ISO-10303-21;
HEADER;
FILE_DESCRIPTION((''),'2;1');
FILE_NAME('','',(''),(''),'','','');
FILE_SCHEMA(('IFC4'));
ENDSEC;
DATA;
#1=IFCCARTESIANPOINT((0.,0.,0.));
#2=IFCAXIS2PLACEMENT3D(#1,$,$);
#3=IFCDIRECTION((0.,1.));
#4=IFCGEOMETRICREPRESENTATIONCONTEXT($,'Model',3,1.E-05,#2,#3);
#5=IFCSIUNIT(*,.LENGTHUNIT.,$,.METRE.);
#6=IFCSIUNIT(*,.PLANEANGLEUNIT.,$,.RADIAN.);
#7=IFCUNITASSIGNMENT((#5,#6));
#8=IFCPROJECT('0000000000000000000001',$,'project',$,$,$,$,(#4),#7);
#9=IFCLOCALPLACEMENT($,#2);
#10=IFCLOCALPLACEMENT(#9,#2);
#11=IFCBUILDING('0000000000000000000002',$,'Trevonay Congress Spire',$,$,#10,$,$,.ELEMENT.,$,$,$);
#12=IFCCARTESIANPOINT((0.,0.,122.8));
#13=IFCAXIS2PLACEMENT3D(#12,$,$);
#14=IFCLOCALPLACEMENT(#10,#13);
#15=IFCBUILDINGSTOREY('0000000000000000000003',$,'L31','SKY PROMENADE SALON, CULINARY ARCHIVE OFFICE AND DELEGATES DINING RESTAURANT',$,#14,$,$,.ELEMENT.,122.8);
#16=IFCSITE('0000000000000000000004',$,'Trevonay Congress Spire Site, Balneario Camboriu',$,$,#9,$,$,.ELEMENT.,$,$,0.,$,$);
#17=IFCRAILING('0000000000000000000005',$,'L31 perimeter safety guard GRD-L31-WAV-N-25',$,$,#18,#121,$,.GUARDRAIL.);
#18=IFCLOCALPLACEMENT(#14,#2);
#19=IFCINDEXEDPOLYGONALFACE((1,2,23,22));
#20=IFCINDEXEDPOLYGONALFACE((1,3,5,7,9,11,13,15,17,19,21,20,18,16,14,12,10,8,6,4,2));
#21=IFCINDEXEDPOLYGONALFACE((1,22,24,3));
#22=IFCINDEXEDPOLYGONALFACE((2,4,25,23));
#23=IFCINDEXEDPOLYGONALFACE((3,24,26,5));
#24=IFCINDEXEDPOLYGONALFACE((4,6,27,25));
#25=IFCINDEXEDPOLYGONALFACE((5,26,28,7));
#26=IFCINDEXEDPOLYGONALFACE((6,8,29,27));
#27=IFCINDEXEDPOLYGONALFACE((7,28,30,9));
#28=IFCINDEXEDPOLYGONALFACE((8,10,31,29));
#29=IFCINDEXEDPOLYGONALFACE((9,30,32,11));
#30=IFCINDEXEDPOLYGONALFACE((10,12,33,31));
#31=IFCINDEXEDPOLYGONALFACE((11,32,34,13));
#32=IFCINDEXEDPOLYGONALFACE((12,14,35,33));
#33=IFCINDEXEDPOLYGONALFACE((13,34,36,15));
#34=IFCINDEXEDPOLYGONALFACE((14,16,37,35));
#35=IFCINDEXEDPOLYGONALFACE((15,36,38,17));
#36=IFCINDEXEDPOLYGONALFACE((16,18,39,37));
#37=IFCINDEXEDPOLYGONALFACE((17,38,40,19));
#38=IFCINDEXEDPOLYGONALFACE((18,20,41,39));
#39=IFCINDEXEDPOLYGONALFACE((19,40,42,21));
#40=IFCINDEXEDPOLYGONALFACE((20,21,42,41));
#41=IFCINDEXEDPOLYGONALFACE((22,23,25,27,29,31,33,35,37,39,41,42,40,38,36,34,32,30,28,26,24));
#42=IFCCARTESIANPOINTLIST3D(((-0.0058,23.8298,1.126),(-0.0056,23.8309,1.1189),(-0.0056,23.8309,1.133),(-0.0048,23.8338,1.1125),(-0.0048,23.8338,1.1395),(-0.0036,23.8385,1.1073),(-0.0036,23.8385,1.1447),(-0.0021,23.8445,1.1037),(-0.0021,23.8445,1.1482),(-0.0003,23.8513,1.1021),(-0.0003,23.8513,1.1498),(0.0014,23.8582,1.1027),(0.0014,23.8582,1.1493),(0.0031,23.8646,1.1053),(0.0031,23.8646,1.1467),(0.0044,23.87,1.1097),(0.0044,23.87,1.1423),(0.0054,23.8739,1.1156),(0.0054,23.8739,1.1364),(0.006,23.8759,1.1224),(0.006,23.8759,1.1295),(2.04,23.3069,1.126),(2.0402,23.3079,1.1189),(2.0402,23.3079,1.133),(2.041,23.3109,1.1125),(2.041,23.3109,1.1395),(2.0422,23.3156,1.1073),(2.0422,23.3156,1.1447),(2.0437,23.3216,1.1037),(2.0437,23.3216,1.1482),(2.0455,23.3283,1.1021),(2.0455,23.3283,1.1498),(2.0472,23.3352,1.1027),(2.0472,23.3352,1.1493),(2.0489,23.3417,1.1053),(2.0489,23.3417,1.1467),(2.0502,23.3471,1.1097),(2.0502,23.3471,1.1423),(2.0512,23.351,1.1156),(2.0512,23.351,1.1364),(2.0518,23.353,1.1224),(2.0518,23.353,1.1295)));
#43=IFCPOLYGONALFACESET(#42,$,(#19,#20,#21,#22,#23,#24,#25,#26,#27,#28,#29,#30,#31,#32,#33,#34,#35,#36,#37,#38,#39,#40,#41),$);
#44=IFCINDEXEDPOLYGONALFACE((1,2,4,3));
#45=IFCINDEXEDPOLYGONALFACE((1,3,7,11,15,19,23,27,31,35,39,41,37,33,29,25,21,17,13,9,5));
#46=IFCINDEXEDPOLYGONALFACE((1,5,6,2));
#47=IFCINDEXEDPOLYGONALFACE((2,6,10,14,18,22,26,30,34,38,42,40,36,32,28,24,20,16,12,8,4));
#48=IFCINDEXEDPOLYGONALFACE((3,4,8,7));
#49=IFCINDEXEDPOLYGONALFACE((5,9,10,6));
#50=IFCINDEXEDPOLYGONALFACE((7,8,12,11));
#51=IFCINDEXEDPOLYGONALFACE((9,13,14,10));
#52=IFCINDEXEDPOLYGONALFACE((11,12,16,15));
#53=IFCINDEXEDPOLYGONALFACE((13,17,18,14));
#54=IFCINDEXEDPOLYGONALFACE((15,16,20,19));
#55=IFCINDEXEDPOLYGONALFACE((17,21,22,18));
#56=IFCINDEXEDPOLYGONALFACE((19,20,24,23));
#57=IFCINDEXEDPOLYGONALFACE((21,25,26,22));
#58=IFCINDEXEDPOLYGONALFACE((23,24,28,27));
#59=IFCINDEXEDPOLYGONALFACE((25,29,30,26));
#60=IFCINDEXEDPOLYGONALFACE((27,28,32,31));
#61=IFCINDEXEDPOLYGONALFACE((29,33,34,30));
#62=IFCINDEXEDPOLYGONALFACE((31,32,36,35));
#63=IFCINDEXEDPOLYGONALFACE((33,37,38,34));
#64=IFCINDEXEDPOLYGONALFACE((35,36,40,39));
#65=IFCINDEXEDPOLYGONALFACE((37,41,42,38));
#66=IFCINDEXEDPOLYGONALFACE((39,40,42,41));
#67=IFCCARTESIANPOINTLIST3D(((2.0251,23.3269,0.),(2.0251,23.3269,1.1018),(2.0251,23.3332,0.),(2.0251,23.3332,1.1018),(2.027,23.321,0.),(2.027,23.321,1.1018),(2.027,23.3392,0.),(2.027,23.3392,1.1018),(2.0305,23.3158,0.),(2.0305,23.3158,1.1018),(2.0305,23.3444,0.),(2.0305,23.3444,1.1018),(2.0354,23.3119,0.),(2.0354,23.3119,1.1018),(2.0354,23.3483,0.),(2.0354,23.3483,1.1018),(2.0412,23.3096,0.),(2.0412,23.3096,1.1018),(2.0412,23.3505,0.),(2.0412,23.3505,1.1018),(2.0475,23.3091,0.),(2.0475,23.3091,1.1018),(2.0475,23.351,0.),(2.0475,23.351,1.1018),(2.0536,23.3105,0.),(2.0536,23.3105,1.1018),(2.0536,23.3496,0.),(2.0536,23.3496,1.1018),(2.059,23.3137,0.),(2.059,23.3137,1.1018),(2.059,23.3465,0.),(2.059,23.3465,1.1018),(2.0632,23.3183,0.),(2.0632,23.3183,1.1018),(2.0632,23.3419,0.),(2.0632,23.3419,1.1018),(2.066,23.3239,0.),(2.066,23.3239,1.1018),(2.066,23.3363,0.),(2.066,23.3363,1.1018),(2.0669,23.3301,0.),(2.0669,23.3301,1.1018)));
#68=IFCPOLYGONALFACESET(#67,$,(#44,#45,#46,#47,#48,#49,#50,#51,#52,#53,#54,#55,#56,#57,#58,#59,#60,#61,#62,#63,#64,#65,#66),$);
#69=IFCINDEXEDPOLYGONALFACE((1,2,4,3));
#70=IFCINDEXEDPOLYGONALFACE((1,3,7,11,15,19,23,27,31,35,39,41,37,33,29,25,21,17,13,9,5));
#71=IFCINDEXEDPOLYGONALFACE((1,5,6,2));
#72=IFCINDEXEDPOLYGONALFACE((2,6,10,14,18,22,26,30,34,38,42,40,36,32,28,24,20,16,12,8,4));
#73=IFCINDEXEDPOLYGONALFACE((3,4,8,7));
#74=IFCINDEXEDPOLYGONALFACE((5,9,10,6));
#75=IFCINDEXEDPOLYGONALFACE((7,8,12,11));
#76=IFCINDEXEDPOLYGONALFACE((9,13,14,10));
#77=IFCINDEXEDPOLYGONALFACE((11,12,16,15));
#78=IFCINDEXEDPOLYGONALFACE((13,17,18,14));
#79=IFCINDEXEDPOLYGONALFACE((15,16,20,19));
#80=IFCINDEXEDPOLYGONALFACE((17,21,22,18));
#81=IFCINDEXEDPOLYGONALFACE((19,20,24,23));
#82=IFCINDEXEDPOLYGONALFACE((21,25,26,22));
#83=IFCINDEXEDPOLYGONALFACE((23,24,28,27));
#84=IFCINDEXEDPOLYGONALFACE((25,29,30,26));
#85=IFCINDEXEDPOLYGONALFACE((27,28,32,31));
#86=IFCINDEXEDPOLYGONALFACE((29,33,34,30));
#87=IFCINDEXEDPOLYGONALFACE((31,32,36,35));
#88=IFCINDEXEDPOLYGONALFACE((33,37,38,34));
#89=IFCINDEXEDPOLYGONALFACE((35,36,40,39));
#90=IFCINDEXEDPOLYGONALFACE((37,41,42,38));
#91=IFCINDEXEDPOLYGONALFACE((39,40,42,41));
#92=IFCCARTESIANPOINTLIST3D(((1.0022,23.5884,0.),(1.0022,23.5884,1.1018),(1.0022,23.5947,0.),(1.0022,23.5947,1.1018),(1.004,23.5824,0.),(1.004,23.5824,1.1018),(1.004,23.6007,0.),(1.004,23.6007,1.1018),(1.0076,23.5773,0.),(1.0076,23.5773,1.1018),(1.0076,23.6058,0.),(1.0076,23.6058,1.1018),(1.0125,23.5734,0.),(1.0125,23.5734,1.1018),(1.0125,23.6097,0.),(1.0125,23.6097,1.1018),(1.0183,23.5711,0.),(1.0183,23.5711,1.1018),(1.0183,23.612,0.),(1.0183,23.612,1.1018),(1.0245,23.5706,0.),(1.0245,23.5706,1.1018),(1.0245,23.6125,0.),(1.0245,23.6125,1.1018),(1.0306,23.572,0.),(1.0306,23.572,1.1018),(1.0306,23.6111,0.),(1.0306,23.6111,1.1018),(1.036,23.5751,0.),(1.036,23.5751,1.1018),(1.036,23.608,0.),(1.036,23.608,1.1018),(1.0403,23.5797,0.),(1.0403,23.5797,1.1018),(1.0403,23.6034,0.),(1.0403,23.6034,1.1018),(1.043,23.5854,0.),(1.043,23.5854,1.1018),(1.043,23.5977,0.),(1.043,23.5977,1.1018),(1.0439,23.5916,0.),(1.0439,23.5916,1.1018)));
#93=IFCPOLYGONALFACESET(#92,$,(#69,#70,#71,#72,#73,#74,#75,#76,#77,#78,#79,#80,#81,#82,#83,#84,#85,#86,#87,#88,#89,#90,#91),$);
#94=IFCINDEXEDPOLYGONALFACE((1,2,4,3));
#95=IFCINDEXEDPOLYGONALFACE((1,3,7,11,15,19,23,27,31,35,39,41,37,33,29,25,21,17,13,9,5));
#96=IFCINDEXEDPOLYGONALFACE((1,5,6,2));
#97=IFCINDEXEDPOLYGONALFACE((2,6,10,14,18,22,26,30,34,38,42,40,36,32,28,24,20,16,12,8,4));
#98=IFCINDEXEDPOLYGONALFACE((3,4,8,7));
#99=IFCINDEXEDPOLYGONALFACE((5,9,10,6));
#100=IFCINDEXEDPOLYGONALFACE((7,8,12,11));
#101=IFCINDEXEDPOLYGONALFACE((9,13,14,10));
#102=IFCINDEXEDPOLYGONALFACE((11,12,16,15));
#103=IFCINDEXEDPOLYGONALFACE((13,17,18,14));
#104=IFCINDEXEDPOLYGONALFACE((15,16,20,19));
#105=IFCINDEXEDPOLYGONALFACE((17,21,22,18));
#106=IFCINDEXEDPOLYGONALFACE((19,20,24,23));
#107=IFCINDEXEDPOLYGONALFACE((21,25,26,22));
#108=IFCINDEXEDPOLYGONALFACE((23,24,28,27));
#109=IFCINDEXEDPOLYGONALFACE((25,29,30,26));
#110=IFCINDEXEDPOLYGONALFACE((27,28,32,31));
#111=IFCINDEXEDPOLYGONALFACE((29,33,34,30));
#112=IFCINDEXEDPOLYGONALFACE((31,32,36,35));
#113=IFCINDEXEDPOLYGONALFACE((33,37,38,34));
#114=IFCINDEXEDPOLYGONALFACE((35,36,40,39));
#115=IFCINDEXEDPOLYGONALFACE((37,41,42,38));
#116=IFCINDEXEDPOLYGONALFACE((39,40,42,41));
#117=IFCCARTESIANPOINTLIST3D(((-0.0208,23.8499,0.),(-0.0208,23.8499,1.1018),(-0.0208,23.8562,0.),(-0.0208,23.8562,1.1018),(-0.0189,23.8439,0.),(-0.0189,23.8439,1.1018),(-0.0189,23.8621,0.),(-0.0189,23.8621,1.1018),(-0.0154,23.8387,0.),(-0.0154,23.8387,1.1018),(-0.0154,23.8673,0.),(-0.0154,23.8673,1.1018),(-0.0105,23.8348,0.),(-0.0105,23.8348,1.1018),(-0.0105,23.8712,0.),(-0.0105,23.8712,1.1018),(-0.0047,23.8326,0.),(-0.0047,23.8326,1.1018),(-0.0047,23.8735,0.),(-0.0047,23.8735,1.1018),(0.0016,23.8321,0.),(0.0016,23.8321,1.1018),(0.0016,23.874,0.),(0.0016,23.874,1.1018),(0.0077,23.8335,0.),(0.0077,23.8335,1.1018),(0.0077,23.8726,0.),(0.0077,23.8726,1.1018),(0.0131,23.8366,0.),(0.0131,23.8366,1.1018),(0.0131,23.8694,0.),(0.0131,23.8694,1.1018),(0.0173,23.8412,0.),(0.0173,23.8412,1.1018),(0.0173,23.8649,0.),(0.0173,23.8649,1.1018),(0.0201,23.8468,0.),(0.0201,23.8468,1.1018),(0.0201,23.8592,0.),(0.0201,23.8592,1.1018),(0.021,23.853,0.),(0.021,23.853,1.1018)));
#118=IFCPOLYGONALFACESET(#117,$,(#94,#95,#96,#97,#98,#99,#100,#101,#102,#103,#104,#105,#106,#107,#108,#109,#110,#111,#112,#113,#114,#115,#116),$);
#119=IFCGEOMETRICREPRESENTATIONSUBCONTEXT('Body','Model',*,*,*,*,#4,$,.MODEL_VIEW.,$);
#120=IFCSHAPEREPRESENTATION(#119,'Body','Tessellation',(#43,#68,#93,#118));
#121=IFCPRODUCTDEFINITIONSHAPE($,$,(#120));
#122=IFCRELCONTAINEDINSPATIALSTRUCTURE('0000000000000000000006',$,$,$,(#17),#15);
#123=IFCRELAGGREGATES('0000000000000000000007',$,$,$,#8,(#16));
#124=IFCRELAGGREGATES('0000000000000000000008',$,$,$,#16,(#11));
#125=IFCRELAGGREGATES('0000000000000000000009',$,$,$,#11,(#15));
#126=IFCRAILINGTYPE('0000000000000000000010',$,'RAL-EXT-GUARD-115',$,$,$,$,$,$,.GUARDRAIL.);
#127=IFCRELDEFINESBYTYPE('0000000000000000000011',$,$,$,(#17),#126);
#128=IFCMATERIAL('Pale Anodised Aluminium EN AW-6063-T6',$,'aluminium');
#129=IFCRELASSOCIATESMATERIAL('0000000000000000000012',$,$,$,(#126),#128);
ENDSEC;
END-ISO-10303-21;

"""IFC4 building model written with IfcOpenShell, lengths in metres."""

from ifc_helpers import new_model, si_unit, direction, frame, origin, origin_2d, place, context, subcontext, project, spatial, circle, extrude, material, type_object, element, save


model = new_model("IFC4")

# Units and contexts
model_context = context("Model", 3, precision=1e-05, world=origin(), true_north=direction((0.0, 1.0)))
body_context = subcontext(model_context, "Body", "Model", "MODEL_VIEW")
ifc_project = project(units=[si_unit("LENGTHUNIT", "METRE"), si_unit("PLANEANGLEUNIT", "RADIAN")], contexts=[model_context])

# Site, building, storey
site_placement = place(None, origin())
site = spatial("IfcSite", under=ifc_project, at=site_placement, Name="Trevonay Congress Spire Site, Balneario Camboriu", CompositionType="ELEMENT", RefElevation=0.0)
building_placement = place(site_placement, origin())
building = spatial("IfcBuilding", under=site, at=building_placement, Name="Trevonay Congress Spire", CompositionType="ELEMENT")
storey_placement = place(building_placement, frame((0.0, 0.0, 122.8)))
storey = spatial("IfcBuildingStorey", under=building, at=storey_placement, Name="L31", Description="SKY PROMENADE SALON, CULINARY ARCHIVE OFFICE AND DELEGATES DINING RESTAURANT", CompositionType="ELEMENT", Elevation=122.8)

# Shared definitions
ifc_material_1 = material(Name="Pale Anodised Aluminium EN AW-6063-T6", Category="aluminium")

# Railing
railing_type = type_object("IfcRailingType", Name="RAL-EXT-GUARD-115", PredefinedType="GUARDRAIL", material=ifc_material_1)
railing_1_placement = place(storey_placement, frame((2.0459, 23.3301, 0.0)))
element("IfcRailing", 1, at=railing_1_placement, inside=storey, type_object=railing_type, Name="L31 perimeter safety guard GRD-L31-WAV-N-25", PredefinedType="GUARDRAIL", context=body_context, shape_type="SweptSolid", body=[
    extrude(circle(Radius=0.0239, at=origin_2d()), frame((0.0, 0.0, 1.126), z_axis=(-0.96885, 0.247647, 0.0), x_axis=(-0.247647, -0.96885, 0.0)), (0.0, 0.0, 1.0), 2.1116),
    extrude(circle(Radius=0.021, at=origin_2d()), origin(), (0.0, 0.0, 1.0), 1.1018),
    extrude(circle(Radius=0.021, at=origin_2d()), frame((-1.0229, 0.2615, 0.0)), (0.0, 0.0, 1.0), 1.1018),
    extrude(circle(Radius=0.021, at=origin_2d()), frame((-2.0459, 0.5229, 0.0)), (0.0, 0.0, 1.0), 1.1018),
])

save(model, "model.ifc")
